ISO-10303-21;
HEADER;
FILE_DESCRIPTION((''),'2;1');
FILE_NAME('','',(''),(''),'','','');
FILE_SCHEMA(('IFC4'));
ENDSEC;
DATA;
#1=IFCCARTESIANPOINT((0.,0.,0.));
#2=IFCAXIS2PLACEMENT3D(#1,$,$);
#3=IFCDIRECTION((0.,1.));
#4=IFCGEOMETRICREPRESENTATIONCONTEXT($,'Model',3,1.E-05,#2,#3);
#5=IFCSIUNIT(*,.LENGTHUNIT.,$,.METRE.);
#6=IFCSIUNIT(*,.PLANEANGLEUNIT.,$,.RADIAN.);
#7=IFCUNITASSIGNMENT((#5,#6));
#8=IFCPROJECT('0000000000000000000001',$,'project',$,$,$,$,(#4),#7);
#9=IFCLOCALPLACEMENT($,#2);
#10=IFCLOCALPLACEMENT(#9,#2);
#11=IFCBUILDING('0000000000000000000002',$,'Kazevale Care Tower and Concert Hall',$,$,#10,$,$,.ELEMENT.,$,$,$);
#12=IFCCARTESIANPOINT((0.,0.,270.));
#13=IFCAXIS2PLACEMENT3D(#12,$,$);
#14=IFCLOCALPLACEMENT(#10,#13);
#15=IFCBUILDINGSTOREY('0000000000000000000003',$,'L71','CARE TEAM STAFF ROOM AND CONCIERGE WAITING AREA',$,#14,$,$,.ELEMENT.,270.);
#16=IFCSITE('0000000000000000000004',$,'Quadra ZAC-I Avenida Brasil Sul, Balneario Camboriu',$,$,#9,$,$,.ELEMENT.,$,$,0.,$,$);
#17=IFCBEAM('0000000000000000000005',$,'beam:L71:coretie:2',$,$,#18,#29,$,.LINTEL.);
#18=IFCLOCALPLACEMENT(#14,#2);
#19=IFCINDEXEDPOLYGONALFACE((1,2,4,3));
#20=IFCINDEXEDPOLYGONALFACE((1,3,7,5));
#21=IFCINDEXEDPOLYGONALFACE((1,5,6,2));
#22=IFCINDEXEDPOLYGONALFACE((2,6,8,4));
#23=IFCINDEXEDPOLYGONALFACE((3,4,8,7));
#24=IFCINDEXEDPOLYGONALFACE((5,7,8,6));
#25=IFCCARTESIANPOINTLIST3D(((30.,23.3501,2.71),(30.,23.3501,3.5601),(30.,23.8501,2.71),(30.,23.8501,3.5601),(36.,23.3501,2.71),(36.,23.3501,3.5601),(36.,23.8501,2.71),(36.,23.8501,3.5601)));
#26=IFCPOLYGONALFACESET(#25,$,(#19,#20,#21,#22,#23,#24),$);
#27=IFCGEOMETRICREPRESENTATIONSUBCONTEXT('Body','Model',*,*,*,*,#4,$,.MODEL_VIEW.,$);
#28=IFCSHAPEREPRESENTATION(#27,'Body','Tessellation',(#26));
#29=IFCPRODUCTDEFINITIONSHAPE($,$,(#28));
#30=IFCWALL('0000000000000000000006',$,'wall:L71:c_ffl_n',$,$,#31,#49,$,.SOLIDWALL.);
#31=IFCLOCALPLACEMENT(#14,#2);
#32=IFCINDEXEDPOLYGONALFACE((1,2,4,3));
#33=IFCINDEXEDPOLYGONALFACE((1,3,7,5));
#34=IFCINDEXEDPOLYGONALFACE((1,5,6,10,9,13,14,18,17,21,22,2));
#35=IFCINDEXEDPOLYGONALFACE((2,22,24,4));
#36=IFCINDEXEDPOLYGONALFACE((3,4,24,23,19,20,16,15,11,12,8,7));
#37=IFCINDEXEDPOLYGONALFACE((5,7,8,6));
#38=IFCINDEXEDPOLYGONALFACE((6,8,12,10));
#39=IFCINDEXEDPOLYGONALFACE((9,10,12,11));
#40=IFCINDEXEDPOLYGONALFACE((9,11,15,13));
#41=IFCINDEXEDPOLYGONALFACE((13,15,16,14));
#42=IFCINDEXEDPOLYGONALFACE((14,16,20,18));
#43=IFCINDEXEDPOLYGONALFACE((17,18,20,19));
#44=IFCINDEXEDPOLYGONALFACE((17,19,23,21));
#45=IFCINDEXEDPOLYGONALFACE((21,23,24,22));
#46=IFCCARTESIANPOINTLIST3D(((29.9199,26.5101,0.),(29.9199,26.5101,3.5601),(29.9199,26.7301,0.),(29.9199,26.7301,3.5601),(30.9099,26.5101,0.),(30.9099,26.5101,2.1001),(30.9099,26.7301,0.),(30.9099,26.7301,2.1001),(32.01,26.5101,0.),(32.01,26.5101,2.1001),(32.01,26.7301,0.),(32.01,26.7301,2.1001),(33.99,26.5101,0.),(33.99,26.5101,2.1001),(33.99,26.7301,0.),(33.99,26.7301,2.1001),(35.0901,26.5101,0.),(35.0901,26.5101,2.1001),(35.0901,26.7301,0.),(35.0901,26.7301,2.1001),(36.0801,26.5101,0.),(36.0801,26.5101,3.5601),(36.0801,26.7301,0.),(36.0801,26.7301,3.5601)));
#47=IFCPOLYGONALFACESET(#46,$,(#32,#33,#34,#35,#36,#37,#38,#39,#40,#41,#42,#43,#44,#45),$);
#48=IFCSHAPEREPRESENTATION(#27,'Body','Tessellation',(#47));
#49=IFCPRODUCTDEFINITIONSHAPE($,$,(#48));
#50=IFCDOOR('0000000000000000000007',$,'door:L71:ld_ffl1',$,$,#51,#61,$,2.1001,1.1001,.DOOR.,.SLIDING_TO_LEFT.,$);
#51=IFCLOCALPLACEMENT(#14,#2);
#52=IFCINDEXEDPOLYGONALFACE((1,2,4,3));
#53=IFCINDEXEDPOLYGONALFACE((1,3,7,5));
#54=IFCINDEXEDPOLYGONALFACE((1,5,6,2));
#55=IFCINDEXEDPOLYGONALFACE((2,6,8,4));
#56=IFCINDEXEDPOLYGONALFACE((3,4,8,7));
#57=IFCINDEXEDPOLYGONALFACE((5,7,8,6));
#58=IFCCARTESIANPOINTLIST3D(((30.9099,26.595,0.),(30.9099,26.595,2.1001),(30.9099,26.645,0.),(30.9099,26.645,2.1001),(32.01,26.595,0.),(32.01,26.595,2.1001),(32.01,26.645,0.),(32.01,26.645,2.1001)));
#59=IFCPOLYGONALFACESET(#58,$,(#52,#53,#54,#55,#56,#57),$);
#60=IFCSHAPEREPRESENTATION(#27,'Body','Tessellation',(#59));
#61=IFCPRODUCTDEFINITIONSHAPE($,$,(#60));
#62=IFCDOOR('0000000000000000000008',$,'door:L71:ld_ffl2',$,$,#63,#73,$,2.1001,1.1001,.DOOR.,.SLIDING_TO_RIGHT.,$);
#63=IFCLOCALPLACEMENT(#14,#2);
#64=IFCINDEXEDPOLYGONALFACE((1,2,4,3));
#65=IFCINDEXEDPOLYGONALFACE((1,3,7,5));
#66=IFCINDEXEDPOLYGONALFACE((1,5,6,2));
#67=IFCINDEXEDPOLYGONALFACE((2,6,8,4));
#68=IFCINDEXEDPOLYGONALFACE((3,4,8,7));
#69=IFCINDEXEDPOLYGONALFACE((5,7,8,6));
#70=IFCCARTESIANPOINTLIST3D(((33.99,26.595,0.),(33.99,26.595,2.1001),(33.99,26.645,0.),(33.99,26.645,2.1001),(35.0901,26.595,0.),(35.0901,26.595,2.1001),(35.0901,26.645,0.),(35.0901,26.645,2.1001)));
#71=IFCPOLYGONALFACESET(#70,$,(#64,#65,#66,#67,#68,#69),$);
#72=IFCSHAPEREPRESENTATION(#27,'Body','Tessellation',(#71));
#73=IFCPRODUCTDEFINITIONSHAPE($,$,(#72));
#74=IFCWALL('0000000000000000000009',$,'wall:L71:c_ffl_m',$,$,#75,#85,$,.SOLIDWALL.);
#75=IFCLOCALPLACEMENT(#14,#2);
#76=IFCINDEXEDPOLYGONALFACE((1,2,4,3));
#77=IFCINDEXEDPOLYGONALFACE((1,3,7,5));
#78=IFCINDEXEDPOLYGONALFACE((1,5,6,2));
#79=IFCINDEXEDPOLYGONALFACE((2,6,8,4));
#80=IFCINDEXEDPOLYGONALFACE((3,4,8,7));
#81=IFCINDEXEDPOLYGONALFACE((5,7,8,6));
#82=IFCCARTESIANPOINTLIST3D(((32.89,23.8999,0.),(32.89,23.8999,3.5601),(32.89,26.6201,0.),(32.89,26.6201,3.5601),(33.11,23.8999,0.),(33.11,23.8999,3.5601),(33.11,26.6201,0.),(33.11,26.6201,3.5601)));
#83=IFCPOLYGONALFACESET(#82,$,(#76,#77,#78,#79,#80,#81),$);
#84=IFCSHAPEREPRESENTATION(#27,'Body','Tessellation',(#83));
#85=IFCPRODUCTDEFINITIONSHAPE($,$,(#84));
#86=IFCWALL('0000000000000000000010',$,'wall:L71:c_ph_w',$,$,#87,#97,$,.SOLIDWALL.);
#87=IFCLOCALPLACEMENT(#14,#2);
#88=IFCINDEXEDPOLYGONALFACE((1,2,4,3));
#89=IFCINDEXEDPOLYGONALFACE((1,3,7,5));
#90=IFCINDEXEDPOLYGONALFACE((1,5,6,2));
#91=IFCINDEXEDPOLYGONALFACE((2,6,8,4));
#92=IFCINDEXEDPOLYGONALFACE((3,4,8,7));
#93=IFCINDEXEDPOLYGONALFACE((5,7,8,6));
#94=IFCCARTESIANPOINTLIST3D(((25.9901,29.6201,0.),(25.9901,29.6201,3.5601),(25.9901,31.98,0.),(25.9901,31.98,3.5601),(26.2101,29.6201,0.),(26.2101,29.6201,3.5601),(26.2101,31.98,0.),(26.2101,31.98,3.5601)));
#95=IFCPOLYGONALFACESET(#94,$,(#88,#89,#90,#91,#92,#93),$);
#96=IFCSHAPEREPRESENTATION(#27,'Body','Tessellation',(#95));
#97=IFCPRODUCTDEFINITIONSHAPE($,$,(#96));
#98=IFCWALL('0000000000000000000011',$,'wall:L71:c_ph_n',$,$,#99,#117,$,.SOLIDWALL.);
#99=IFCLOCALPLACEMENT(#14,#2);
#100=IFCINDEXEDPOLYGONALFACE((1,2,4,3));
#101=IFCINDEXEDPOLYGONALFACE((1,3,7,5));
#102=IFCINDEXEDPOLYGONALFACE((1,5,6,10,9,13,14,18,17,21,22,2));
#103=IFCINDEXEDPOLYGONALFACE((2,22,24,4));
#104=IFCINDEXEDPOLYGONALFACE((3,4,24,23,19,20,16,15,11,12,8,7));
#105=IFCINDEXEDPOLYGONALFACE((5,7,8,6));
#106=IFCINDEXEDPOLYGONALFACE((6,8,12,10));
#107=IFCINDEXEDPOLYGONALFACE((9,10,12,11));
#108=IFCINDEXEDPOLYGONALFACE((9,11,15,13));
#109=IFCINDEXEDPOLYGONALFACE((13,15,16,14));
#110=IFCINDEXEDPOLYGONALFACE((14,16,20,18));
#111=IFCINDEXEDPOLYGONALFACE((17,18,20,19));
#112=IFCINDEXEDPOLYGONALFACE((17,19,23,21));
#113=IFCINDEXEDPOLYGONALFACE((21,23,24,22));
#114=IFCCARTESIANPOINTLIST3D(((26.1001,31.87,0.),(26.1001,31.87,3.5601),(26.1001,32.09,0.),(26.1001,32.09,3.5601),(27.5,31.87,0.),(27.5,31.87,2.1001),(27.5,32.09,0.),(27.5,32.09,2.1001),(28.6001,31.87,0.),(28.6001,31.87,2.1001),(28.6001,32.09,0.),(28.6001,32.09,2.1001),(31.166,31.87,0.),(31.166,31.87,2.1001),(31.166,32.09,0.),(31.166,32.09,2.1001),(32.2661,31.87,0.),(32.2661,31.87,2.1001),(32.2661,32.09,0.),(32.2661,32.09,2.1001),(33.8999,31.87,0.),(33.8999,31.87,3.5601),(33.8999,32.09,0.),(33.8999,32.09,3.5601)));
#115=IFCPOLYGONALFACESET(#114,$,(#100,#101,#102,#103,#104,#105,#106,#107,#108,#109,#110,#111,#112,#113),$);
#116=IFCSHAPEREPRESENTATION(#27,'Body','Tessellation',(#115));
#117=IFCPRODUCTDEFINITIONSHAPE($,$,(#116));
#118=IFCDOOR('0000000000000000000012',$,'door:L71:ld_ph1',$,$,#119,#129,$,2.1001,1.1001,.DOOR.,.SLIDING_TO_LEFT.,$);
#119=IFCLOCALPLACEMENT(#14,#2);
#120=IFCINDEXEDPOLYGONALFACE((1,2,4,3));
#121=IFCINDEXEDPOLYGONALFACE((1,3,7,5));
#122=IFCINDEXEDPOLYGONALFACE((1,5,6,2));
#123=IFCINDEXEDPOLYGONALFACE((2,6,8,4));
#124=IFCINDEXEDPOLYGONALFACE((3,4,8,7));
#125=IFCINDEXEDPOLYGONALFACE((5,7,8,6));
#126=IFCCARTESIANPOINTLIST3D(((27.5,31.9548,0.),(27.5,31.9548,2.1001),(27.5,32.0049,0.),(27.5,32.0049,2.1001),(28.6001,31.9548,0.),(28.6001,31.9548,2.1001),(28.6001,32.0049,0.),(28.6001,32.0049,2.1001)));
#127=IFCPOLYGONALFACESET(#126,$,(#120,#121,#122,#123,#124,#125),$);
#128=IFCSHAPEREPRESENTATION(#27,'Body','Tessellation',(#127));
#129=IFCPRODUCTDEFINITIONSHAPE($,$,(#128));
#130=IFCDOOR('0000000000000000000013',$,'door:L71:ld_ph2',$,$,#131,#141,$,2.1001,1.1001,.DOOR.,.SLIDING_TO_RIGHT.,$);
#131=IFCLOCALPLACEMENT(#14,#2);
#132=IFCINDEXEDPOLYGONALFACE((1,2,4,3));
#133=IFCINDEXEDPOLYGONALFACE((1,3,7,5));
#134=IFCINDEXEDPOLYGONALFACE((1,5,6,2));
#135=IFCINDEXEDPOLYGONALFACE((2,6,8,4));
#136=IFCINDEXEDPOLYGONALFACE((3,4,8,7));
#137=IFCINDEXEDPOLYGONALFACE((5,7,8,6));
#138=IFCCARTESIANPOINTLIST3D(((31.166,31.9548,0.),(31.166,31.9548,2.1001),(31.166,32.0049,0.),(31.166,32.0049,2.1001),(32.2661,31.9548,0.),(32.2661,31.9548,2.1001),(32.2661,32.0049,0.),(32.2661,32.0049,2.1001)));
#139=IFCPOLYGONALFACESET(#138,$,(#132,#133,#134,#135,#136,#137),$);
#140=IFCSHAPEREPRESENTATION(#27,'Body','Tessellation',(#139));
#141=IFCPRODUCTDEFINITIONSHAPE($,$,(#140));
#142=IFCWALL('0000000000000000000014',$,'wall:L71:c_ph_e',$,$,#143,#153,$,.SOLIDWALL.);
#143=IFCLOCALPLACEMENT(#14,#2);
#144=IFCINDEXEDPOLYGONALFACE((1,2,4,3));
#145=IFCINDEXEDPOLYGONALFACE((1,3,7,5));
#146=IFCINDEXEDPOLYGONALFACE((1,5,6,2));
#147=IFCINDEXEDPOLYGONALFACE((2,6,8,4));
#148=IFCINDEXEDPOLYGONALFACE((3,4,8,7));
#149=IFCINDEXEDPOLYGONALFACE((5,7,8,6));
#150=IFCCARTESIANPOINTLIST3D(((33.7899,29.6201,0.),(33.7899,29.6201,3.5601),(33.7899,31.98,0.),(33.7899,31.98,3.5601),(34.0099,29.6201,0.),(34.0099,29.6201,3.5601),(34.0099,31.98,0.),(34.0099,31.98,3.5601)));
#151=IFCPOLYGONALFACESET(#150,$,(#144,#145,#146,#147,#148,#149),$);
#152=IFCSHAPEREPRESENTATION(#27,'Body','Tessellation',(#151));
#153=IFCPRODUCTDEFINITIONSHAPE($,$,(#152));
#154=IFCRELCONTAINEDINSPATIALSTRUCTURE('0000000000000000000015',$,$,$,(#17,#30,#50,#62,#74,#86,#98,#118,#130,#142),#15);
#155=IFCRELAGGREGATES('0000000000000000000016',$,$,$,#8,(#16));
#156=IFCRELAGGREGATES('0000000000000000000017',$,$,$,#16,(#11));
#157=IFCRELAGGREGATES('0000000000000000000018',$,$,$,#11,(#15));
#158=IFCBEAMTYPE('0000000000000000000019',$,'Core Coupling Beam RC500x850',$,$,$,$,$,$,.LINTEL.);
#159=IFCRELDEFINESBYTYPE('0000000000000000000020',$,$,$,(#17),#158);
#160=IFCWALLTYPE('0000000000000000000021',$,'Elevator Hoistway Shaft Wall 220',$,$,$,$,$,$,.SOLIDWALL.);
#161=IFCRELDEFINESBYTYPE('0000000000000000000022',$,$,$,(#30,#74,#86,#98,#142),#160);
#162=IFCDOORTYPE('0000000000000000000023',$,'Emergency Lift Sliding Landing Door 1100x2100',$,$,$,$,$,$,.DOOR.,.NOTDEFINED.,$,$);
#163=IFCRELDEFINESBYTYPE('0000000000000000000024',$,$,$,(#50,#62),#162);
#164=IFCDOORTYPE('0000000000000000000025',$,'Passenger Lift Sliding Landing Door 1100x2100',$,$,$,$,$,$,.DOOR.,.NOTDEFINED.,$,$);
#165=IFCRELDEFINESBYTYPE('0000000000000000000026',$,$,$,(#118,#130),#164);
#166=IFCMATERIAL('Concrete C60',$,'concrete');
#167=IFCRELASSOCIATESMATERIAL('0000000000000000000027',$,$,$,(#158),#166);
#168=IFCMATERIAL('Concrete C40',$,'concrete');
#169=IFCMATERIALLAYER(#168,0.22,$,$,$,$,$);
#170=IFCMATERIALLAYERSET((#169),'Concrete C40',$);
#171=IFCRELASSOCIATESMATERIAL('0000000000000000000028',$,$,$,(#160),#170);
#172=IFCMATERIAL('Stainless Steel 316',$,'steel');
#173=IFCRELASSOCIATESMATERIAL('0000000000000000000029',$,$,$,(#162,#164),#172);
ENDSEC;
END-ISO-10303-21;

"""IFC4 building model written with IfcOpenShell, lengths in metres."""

from ifc_helpers import new_model, si_unit, direction, frame, frame_2d, origin, origin_2d, place, context, subcontext, project, spatial, rectangle, extrude, material, layer, layer_set, material_profile, profile_set, type_object, element, fill, save


model = new_model("IFC4")

# Units and contexts
model_context = context("Model", 3, precision=1e-05, world=origin(), true_north=direction((0.0, 1.0)))
body_context = subcontext(model_context, "Body", "Model", "MODEL_VIEW")
ifc_project = project(units=[si_unit("LENGTHUNIT", "METRE"), si_unit("PLANEANGLEUNIT", "RADIAN")], contexts=[model_context])

# Site, building, storey
site_placement = place(None, origin())
site = spatial("IfcSite", under=ifc_project, at=site_placement, Name="Quadra ZAC-I Avenida Brasil Sul, Balneario Camboriu", CompositionType="ELEMENT", RefElevation=0.0)
building_placement = place(site_placement, origin())
building = spatial("IfcBuilding", under=site, at=building_placement, Name="Kazevale Care Tower and Concert Hall", CompositionType="ELEMENT")
storey_placement = place(building_placement, frame((0.0, 0.0, 270.0)))
storey = spatial("IfcBuildingStorey", under=building, at=storey_placement, Name="L71", Description="CARE TEAM STAFF ROOM AND CONCIERGE WAITING AREA", CompositionType="ELEMENT", Elevation=270.0)

# Beam
ifc_material_1 = material(Name="Concrete C60", Category="concrete")
ifc_material_profile = material_profile(ifc_material_1, rectangle(XDim=0.5, YDim=0.8501, at=origin_2d()), Name="RC-B500x850")
ifc_profile_set = profile_set([ifc_material_profile], Name="Concrete C60")
beam_type = type_object("IfcBeamType", Name="Core Coupling Beam RC500x850", PredefinedType="LINTEL", material=ifc_profile_set)
beam_placement = place(storey_placement, frame((30.0, 23.6001, 3.135), z_axis=(1.0, 0.0, 0.0), x_axis=(0.0, 1.0, 0.0)))
element("IfcBeam", 1, at=beam_placement, inside=storey, type_object=beam_type, Name="beam:L71:coretie:2", PredefinedType="LINTEL", context=body_context, shape_type="SweptSolid", body=[
    extrude(rectangle(XDim=0.5, YDim=0.8501, at=origin_2d()), origin(), (0.0, 0.0, 1.0), 6.0),
])

# Wall, openings, doors
ifc_material_2 = material(Name="Concrete C40", Category="concrete")
ifc_layer_1 = layer(ifc_material_2, 0.22)
ifc_layer_set_1 = layer_set([ifc_layer_1], Name="Concrete C40")
wall_type_1 = type_object("IfcWallType", Name="Elevator Hoistway Shaft Wall 220", PredefinedType="SOLIDWALL", material=ifc_layer_set_1)
wall_1_placement = place(storey_placement, frame((29.9199, 26.6201, 0.0), z_axis=(0.0, 0.0, 1.0), x_axis=(1.0, 0.0, 0.0)))
wall_1 = element("IfcWall", 2, at=wall_1_placement, inside=storey, type_object=wall_type_1, Name="wall:L71:c_ffl_n", PredefinedType="SOLIDWALL", context=body_context, shape_type="SweptSolid", body=[
    extrude(rectangle(XDim=6.1602, YDim=0.22, at=frame_2d((3.0801, 0.0))), origin(), (0.0, 0.0, 1.0), 3.5601),
])
opening_1_placement = place(wall_1_placement, frame((0.99, 0.0, 0.0)))
opening_1 = element("IfcOpeningElement", 3, at=opening_1_placement, cuts=wall_1, PredefinedType="OPENING", context=body_context, shape_type="SweptSolid", body=[
    extrude(rectangle(XDim=1.1001, YDim=2.1001, at=frame_2d((0.55, 1.05))), frame((0.0, 0.1199, 0.0), z_axis=(0.0, -1.0, 0.0), x_axis=(1.0, 0.0, 0.0)), (0.0, 0.0, 1.0), 0.24),
])
opening_2_placement = place(wall_1_placement, frame((4.0701, 0.0, 0.0)))
opening_2 = element("IfcOpeningElement", 4, at=opening_2_placement, cuts=wall_1, PredefinedType="OPENING", context=body_context, shape_type="SweptSolid", body=[
    extrude(rectangle(XDim=1.1001, YDim=2.1001, at=frame_2d((0.55, 1.05))), frame((0.0, 0.1199, 0.0), z_axis=(0.0, -1.0, 0.0), x_axis=(1.0, 0.0, 0.0)), (0.0, 0.0, 1.0), 0.24),
])
ifc_material_3 = material(Name="Stainless Steel 316", Category="steel")
door_type_1 = type_object("IfcDoorType", Name="Emergency Lift Sliding Landing Door 1100x2100", OperationType="NOTDEFINED", PredefinedType="DOOR", material=ifc_material_3)
door_1_placement = place(opening_1_placement, origin())
door_1 = element("IfcDoor", 5, at=door_1_placement, inside=storey, type_object=door_type_1, Name="door:L71:ld_ffl1", OperationType="SLIDING_TO_LEFT", OverallHeight=2.1001, OverallWidth=1.1001, PredefinedType="DOOR", context=body_context, shape_type="SweptSolid", body=[
    extrude(rectangle(XDim=1.1001, YDim=2.1001, at=frame_2d((0.55, 1.05))), frame((0.0, 0.0249, 0.0), z_axis=(0.0, -1.0, 0.0), x_axis=(1.0, 0.0, 0.0)), (0.0, 0.0, 1.0), 0.05),
])
fill(opening_1, door_1)
door_2_placement = place(opening_2_placement, origin())
door_2 = element("IfcDoor", 6, at=door_2_placement, inside=storey, type_object=door_type_1, Name="door:L71:ld_ffl2", OperationType="SLIDING_TO_RIGHT", OverallHeight=2.1001, OverallWidth=1.1001, PredefinedType="DOOR", context=body_context, shape_type="SweptSolid", body=[
    extrude(rectangle(XDim=1.1001, YDim=2.1001, at=frame_2d((0.55, 1.05))), frame((0.0, 0.0249, 0.0), z_axis=(0.0, -1.0, 0.0), x_axis=(1.0, 0.0, 0.0)), (0.0, 0.0, 1.0), 0.05),
])
fill(opening_2, door_2)

# Walls
wall_2_placement = place(storey_placement, frame((33.0, 23.8999, 0.0), z_axis=(0.0, 0.0, 1.0), x_axis=(0.0, 1.0, 0.0)))
element("IfcWall", 7, at=wall_2_placement, inside=storey, type_object=wall_type_1, Name="wall:L71:c_ffl_m", PredefinedType="SOLIDWALL", context=body_context, shape_type="SweptSolid", body=[
    extrude(rectangle(XDim=2.7202, YDim=0.22, at=frame_2d((1.3601, 0.0))), origin(), (0.0, 0.0, 1.0), 3.5601),
])
wall_3_placement = place(storey_placement, frame((26.1001, 29.6201, 0.0), z_axis=(0.0, 0.0, 1.0), x_axis=(0.0, 1.0, 0.0)))
element("IfcWall", 8, at=wall_3_placement, inside=storey, type_object=wall_type_1, Name="wall:L71:c_ph_w", PredefinedType="SOLIDWALL", context=body_context, shape_type="SweptSolid", body=[
    extrude(rectangle(XDim=2.3599, YDim=0.22, at=frame_2d((1.1799, 0.0))), origin(), (0.0, 0.0, 1.0), 3.5601),
])

# Wall, openings, doors
wall_4_placement = place(storey_placement, frame((26.1001, 31.98, 0.0), z_axis=(0.0, 0.0, 1.0), x_axis=(1.0, 0.0, 0.0)))
wall_4 = element("IfcWall", 9, at=wall_4_placement, inside=storey, type_object=wall_type_1, Name="wall:L71:c_ph_n", PredefinedType="SOLIDWALL", context=body_context, shape_type="SweptSolid", body=[
    extrude(rectangle(XDim=7.7998, YDim=0.22, at=frame_2d((3.8999, 0.0))), origin(), (0.0, 0.0, 1.0), 3.5601),
])
opening_3_placement = place(wall_4_placement, frame((1.3999, 0.0, 0.0)))
opening_3 = element("IfcOpeningElement", 10, at=opening_3_placement, cuts=wall_4, PredefinedType="OPENING", context=body_context, shape_type="SweptSolid", body=[
    extrude(rectangle(XDim=1.1001, YDim=2.1001, at=frame_2d((0.55, 1.05))), frame((0.0, 0.1199, 0.0), z_axis=(0.0, -1.0, 0.0), x_axis=(1.0, 0.0, 0.0)), (0.0, 0.0, 1.0), 0.24),
])
opening_4_placement = place(wall_4_placement, frame((5.0659, 0.0, 0.0)))
opening_4 = element("IfcOpeningElement", 11, at=opening_4_placement, cuts=wall_4, PredefinedType="OPENING", context=body_context, shape_type="SweptSolid", body=[
    extrude(rectangle(XDim=1.1001, YDim=2.1001, at=frame_2d((0.55, 1.05))), frame((0.0, 0.1199, 0.0), z_axis=(0.0, -1.0, 0.0), x_axis=(1.0, 0.0, 0.0)), (0.0, 0.0, 1.0), 0.24),
])
door_type_2 = type_object("IfcDoorType", Name="Passenger Lift Sliding Landing Door 1100x2100", OperationType="NOTDEFINED", PredefinedType="DOOR", material=ifc_material_3)
door_3_placement = place(opening_3_placement, origin())
door_3 = element("IfcDoor", 12, at=door_3_placement, inside=storey, type_object=door_type_2, Name="door:L71:ld_ph1", OperationType="SLIDING_TO_LEFT", OverallHeight=2.1001, OverallWidth=1.1001, PredefinedType="DOOR", context=body_context, shape_type="SweptSolid", body=[
    extrude(rectangle(XDim=1.1001, YDim=2.1001, at=frame_2d((0.55, 1.05))), frame((0.0, 0.0249, 0.0), z_axis=(0.0, -1.0, 0.0), x_axis=(1.0, 0.0, 0.0)), (0.0, 0.0, 1.0), 0.05),
])
fill(opening_3, door_3)
door_4_placement = place(opening_4_placement, origin())
door_4 = element("IfcDoor", 13, at=door_4_placement, inside=storey, type_object=door_type_2, Name="door:L71:ld_ph2", OperationType="SLIDING_TO_RIGHT", OverallHeight=2.1001, OverallWidth=1.1001, PredefinedType="DOOR", context=body_context, shape_type="SweptSolid", body=[
    extrude(rectangle(XDim=1.1001, YDim=2.1001, at=frame_2d((0.55, 1.05))), frame((0.0, 0.0249, 0.0), z_axis=(0.0, -1.0, 0.0), x_axis=(1.0, 0.0, 0.0)), (0.0, 0.0, 1.0), 0.05),
])
fill(opening_4, door_4)

# Wall
wall_5_placement = place(storey_placement, frame((33.8999, 29.6201, 0.0), z_axis=(0.0, 0.0, 1.0), x_axis=(0.0, 1.0, 0.0)))
element("IfcWall", 14, at=wall_5_placement, inside=storey, type_object=wall_type_1, Name="wall:L71:c_ph_e", PredefinedType="SOLIDWALL", context=body_context, shape_type="SweptSolid", body=[
    extrude(rectangle(XDim=2.3599, YDim=0.22, at=frame_2d((1.1799, 0.0))), origin(), (0.0, 0.0, 1.0), 3.5601),
])

save(model, "model.ifc")
